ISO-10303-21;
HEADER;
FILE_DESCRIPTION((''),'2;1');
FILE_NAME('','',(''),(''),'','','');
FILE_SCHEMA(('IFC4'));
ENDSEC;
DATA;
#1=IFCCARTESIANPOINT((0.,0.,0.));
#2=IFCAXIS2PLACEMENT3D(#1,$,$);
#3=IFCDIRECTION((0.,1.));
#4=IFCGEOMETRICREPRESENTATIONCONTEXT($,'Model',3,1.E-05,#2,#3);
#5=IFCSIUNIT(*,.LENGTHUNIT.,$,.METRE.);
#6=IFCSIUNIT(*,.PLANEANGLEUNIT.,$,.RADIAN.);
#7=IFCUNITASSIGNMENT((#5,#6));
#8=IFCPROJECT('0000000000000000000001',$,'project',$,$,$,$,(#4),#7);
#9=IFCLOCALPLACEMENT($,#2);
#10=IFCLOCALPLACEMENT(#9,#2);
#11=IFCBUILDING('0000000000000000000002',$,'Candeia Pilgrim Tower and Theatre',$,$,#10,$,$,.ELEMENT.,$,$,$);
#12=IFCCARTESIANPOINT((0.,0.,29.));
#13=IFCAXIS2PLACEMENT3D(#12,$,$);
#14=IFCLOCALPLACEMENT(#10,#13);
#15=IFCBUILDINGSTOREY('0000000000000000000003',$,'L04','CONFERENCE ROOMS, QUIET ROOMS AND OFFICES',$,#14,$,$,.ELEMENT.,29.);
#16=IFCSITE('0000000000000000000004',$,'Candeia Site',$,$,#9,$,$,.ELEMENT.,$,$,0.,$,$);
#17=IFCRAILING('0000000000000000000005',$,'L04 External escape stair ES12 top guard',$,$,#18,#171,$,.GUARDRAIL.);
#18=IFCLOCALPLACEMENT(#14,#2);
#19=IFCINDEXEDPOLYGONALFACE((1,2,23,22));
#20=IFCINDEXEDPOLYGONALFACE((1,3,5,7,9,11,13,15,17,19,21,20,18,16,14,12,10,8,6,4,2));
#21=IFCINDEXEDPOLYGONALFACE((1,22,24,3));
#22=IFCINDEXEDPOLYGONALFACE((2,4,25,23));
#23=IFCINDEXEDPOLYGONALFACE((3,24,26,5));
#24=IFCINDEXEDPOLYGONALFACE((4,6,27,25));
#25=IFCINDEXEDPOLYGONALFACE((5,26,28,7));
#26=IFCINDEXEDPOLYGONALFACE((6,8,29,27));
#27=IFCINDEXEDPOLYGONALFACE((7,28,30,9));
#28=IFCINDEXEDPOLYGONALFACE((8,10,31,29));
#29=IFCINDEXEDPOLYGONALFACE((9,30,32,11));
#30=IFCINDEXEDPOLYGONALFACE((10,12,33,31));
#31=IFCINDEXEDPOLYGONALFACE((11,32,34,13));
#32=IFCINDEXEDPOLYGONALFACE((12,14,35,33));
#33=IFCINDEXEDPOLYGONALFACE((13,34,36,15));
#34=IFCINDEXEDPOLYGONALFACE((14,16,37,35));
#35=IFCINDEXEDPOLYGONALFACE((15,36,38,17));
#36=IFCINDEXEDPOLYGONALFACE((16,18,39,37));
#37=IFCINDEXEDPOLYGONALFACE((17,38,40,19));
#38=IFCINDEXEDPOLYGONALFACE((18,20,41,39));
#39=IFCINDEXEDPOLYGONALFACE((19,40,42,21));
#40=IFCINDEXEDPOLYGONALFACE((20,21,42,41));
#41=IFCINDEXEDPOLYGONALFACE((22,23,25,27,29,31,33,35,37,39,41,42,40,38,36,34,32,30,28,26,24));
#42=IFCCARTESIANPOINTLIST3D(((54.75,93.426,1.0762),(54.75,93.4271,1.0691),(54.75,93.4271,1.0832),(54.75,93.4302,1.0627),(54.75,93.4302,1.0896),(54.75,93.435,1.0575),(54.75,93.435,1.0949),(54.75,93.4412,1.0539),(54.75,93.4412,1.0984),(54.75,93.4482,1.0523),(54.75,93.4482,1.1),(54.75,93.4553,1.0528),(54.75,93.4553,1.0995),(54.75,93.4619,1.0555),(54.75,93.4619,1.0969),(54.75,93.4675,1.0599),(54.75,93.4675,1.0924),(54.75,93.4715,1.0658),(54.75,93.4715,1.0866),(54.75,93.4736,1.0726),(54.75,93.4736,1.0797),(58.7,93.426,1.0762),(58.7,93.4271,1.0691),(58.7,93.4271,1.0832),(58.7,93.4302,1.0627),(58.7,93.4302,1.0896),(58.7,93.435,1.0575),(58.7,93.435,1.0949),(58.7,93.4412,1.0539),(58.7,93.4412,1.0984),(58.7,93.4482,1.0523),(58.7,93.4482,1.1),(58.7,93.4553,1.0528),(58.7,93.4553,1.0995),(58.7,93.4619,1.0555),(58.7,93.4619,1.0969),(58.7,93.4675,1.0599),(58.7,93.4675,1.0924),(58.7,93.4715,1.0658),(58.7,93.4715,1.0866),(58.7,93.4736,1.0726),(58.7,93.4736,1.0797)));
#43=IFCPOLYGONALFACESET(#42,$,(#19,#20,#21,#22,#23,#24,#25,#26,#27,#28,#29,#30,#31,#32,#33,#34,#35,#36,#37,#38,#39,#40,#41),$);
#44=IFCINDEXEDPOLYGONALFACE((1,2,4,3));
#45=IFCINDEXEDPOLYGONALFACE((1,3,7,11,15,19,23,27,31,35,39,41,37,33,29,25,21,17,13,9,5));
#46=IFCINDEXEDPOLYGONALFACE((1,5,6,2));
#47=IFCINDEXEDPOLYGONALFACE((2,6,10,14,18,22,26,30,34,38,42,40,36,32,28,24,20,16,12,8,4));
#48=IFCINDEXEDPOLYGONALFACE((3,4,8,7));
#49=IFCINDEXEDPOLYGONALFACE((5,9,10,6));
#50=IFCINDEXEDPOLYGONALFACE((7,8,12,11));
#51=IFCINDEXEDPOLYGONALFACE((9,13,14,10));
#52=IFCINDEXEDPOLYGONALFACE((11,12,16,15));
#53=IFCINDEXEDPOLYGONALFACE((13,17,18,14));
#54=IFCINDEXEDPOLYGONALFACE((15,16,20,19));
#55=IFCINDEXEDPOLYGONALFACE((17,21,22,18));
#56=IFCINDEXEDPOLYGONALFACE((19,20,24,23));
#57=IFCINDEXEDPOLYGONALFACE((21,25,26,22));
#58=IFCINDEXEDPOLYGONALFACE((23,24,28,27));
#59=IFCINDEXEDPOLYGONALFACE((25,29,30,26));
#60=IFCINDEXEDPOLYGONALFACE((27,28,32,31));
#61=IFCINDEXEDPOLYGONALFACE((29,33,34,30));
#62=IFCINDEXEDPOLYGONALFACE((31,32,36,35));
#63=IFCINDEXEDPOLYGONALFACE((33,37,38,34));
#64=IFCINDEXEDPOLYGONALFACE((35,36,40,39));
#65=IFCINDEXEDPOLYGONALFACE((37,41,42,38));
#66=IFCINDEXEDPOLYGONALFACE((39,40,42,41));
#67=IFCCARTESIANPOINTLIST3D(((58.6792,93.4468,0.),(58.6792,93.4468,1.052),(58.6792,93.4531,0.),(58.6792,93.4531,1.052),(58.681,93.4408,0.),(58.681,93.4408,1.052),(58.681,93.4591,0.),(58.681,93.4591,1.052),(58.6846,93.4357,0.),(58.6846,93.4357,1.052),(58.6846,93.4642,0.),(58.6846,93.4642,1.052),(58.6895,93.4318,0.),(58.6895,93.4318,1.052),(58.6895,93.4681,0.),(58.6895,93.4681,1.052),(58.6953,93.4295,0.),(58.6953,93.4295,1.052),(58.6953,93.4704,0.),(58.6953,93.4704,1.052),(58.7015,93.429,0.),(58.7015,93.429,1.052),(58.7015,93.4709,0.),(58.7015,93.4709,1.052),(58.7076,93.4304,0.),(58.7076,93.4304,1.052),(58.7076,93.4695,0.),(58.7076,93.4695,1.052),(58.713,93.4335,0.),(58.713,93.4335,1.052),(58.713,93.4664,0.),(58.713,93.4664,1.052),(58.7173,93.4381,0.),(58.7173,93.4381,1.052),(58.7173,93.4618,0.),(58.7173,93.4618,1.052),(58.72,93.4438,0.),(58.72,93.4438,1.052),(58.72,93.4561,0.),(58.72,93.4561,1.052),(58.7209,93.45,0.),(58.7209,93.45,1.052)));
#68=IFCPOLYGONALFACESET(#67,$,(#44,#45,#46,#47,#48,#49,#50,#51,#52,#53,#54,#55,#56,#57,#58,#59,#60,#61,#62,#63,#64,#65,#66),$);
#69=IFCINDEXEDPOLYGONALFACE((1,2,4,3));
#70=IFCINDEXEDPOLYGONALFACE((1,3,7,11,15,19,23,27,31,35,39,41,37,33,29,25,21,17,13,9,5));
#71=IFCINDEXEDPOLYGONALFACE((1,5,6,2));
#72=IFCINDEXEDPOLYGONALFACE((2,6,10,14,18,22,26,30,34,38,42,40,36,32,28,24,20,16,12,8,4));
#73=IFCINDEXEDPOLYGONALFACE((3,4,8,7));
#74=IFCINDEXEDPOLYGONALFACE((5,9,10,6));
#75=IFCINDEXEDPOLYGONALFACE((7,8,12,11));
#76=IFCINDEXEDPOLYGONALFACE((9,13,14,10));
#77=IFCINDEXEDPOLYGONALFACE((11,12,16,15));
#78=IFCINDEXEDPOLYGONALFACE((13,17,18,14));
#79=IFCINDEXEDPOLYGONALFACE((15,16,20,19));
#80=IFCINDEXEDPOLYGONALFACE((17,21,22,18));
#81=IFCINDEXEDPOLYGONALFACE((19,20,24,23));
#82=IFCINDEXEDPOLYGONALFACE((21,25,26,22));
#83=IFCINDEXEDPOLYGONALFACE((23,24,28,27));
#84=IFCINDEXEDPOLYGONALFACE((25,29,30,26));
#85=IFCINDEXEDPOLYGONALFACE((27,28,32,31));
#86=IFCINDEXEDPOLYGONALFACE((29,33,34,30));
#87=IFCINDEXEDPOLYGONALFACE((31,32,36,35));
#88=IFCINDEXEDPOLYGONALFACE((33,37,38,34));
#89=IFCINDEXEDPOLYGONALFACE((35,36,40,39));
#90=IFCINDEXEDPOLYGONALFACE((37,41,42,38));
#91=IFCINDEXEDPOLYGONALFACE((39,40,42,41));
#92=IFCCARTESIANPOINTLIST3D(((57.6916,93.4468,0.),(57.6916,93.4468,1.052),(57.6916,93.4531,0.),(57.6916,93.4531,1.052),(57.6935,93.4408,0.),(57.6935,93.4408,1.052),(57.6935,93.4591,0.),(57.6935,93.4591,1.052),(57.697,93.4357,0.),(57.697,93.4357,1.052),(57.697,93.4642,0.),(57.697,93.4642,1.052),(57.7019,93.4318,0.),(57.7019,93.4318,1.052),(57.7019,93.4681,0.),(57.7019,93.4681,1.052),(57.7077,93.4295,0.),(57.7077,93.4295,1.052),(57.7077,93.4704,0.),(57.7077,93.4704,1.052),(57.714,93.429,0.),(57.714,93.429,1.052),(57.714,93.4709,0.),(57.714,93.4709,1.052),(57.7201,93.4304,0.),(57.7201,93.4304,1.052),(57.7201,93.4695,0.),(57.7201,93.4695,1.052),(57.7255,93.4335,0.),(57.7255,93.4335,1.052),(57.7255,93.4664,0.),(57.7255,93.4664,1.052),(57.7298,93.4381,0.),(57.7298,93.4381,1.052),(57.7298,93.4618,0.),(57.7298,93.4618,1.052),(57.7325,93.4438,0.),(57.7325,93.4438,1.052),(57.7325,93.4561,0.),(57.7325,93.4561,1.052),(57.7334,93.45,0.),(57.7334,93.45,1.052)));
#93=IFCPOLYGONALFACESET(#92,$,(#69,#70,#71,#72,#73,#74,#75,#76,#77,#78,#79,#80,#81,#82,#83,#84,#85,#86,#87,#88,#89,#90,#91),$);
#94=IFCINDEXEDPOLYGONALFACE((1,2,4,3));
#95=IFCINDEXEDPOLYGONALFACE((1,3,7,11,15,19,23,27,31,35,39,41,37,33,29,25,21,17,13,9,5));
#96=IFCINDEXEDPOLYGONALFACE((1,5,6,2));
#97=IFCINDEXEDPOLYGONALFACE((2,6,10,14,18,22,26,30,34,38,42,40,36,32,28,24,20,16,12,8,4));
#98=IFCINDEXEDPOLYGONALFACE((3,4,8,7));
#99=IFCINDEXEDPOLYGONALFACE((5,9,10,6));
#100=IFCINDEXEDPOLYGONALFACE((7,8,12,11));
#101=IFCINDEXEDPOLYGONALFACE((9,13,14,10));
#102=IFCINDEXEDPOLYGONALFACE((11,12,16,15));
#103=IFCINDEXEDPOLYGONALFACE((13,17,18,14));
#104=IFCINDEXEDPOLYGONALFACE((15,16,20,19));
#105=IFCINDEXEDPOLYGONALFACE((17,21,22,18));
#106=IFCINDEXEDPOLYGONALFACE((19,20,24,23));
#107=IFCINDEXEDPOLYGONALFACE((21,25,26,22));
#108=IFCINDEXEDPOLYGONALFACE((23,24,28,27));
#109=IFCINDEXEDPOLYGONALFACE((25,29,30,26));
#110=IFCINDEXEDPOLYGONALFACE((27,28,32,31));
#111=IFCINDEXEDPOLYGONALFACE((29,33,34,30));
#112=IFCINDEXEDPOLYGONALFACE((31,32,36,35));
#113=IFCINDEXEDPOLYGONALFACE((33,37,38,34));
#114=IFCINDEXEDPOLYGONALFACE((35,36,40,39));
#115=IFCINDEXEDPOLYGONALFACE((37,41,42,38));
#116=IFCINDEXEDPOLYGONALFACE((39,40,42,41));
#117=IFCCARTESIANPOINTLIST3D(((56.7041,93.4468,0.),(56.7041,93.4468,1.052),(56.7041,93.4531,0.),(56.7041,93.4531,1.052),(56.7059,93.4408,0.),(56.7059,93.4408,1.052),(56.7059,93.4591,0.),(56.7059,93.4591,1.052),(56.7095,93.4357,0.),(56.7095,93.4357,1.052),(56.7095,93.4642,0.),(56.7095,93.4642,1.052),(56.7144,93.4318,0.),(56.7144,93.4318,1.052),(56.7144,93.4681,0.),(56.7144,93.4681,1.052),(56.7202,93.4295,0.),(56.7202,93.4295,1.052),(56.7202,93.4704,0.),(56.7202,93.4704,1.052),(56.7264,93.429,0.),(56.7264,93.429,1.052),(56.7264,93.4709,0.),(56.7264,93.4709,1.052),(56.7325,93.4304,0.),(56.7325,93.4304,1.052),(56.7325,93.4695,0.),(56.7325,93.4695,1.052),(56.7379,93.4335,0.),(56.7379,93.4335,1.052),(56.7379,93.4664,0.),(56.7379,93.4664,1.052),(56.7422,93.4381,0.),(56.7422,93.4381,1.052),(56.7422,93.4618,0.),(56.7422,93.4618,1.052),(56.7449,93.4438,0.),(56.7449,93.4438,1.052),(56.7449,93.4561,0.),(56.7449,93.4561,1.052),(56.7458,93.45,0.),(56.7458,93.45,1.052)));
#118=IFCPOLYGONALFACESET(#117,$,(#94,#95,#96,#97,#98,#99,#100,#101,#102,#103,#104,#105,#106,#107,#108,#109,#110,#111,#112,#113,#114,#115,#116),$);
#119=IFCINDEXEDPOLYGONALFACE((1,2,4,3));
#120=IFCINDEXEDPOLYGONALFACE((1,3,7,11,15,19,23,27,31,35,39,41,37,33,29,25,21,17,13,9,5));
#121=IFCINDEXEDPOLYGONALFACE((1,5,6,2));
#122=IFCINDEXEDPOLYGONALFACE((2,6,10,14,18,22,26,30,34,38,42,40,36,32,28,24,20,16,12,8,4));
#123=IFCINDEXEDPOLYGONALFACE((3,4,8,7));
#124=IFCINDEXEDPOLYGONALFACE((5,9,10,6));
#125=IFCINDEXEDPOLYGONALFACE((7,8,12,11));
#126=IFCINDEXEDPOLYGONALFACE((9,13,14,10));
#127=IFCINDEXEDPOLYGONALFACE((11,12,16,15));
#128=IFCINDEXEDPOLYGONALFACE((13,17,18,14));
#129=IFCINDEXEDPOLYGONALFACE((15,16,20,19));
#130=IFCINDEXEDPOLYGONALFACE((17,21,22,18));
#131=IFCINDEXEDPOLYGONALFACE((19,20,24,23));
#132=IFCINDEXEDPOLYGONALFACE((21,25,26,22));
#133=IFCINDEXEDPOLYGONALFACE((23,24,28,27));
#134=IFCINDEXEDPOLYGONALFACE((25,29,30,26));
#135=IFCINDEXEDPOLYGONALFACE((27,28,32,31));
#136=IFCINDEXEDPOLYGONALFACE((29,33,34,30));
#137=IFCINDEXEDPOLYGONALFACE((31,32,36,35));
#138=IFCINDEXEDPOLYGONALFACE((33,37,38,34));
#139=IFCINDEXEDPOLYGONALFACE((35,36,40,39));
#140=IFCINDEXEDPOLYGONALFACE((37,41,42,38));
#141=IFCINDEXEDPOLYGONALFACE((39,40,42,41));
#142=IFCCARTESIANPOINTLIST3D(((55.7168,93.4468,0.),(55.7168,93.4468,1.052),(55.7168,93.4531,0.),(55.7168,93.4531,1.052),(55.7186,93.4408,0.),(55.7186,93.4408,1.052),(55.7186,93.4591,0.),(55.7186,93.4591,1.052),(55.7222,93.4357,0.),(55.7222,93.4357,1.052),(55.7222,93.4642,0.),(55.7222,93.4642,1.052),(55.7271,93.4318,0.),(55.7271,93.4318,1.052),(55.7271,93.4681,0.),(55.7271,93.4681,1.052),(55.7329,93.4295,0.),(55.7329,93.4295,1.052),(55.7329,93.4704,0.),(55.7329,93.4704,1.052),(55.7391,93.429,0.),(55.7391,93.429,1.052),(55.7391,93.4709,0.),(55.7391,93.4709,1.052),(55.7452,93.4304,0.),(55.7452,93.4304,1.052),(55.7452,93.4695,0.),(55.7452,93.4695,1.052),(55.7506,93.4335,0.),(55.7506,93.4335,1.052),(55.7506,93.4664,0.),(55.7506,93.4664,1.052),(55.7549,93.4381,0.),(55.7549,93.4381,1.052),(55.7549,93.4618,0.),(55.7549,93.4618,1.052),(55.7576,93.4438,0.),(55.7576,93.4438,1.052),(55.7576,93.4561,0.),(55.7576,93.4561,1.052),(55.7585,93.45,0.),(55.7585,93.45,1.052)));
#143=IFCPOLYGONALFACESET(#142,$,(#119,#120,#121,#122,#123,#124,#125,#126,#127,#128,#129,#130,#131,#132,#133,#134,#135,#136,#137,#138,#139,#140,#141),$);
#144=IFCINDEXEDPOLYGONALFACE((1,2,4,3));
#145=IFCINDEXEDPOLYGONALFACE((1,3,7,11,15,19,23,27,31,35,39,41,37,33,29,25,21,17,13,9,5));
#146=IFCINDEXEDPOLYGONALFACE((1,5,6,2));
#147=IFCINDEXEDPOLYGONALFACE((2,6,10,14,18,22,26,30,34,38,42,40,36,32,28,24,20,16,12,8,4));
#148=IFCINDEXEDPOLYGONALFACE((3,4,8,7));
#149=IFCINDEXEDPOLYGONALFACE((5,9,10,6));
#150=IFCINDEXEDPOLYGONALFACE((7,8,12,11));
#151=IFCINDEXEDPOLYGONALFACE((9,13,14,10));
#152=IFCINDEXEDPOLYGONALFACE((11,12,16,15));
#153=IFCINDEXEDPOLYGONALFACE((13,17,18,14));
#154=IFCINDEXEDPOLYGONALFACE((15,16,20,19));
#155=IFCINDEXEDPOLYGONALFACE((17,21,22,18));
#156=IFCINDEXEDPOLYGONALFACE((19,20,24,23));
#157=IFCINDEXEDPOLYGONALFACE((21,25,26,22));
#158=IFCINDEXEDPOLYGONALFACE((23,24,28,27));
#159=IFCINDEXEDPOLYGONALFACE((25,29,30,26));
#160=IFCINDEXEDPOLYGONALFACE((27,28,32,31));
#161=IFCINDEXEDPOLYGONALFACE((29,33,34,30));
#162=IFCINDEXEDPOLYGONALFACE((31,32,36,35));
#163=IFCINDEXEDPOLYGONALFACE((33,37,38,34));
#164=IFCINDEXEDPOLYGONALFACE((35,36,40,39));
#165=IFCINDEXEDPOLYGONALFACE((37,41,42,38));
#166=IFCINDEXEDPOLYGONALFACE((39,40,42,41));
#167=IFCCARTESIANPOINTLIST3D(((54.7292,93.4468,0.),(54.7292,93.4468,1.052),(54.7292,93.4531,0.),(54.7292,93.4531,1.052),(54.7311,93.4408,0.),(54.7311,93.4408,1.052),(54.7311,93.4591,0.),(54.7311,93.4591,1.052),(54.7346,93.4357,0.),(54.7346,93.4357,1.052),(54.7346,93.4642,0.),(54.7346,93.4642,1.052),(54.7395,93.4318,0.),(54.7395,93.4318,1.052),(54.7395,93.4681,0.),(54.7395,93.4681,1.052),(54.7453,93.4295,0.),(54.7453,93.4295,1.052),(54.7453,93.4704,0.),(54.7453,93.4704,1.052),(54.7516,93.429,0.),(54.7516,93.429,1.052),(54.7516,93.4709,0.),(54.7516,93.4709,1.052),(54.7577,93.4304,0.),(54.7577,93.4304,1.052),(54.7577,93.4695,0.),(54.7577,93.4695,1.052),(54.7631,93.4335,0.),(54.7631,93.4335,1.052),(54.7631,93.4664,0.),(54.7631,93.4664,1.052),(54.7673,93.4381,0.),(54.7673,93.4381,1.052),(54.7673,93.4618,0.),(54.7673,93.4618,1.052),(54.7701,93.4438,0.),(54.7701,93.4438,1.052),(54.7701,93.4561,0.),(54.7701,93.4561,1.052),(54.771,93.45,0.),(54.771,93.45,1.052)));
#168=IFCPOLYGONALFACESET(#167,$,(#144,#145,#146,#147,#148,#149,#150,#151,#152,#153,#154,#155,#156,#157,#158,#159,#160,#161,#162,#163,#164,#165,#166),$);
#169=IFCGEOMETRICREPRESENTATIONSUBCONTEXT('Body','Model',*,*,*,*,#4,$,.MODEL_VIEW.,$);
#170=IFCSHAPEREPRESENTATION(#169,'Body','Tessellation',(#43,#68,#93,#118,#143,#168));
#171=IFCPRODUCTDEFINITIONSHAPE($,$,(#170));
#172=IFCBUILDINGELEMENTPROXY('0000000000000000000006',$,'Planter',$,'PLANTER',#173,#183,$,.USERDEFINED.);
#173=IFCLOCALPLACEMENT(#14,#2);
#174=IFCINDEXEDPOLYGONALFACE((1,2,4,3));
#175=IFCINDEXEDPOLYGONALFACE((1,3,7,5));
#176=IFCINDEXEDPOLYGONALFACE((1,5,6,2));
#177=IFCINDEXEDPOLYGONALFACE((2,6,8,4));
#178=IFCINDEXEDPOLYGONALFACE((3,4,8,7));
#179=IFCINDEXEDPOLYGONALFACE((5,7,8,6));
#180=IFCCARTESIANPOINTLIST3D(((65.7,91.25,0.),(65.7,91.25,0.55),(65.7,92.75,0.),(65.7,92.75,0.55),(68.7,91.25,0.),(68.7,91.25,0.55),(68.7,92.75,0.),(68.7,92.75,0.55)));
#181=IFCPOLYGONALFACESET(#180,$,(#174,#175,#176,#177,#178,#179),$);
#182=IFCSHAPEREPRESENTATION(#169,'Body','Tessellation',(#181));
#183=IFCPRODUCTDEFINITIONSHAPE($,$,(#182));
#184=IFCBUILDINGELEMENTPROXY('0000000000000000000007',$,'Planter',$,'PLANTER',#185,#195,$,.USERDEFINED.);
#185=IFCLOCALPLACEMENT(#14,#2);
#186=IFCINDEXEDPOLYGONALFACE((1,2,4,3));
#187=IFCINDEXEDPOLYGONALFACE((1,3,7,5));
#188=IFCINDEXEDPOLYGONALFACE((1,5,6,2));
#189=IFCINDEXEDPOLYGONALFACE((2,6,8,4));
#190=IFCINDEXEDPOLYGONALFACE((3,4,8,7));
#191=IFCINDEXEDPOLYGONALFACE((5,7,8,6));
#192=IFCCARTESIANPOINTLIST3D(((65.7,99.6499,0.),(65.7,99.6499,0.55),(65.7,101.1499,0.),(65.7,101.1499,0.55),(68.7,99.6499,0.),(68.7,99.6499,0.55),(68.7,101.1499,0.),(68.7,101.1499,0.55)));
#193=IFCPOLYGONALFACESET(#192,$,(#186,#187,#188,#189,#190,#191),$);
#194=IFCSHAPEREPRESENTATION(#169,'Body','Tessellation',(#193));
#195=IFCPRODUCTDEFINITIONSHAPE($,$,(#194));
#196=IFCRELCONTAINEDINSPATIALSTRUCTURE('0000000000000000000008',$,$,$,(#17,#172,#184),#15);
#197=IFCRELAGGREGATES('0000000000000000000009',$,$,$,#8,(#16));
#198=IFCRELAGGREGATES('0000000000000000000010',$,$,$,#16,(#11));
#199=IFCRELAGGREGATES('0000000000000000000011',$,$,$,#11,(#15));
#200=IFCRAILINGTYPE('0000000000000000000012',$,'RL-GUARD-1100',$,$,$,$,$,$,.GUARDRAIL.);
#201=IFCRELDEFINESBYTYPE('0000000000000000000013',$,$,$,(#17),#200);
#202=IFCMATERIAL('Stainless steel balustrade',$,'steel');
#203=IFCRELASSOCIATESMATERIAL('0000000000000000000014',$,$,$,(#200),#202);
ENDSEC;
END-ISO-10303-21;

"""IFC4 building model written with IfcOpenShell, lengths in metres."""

from ifc_helpers import new_model, si_unit, direction, frame, origin, origin_2d, place, context, subcontext, project, spatial, rectangle, circle, extrude, material, type_object, element, save


model = new_model("IFC4")

# Units and contexts
model_context = context("Model", 3, precision=1e-05, world=origin(), true_north=direction((0.0, 1.0)))
body_context = subcontext(model_context, "Body", "Model", "MODEL_VIEW")
ifc_project = project(units=[si_unit("LENGTHUNIT", "METRE"), si_unit("PLANEANGLEUNIT", "RADIAN")], contexts=[model_context])

# Site, building, storey
site_placement = place(None, origin())
site = spatial("IfcSite", under=ifc_project, at=site_placement, Name="Candeia Site", CompositionType="ELEMENT", RefElevation=0.0)
building_placement = place(site_placement, origin())
building = spatial("IfcBuilding", under=site, at=building_placement, Name="Candeia Pilgrim Tower and Theatre", CompositionType="ELEMENT")
storey_placement = place(building_placement, frame((0.0, 0.0, 29.0)))
storey = spatial("IfcBuildingStorey", under=building, at=storey_placement, Name="L04", Description="CONFERENCE ROOMS, QUIET ROOMS AND OFFICES", CompositionType="ELEMENT", Elevation=29.0)

# Railing
ifc_material_1 = material(Name="Stainless steel balustrade", Category="steel")
railing_type_1 = type_object("IfcRailingType", Name="RL-GUARD-1100", PredefinedType="GUARDRAIL", material=ifc_material_1)
railing_1_placement = place(storey_placement, frame((58.7, 93.45, 0.0)))
element("IfcRailing", 1, at=railing_1_placement, inside=storey, type_object=railing_type_1, Name="L04 External escape stair ES12 top guard", PredefinedType="GUARDRAIL", context=body_context, shape_type="SweptSolid", body=[
    extrude(circle(Radius=0.0239, at=origin_2d()), frame((0.0, 0.0, 1.0762), z_axis=(-1.0, 0.0, 0.0), x_axis=(0.0, -1.0, 0.0)), (0.0, 0.0, 1.0), 3.95),
    extrude(circle(Radius=0.021, at=origin_2d()), origin(), (0.0, 0.0, 1.0), 1.052),
    extrude(circle(Radius=0.021, at=origin_2d()), frame((-0.9875, 0.0, 0.0)), (0.0, 0.0, 1.0), 1.052),
    extrude(circle(Radius=0.021, at=origin_2d()), frame((-1.9751, 0.0, 0.0)), (0.0, 0.0, 1.0), 1.052),
    extrude(circle(Radius=0.021, at=origin_2d()), frame((-2.9624, 0.0, 0.0)), (0.0, 0.0, 1.0), 1.052),
    extrude(circle(Radius=0.021, at=origin_2d()), frame((-3.95, 0.0, 0.0)), (0.0, 0.0, 1.0), 1.052),
])

# Building element proxies
for number, where, z_axis, x_axis, name in (
    (2, (67.2, 92.0, 0.0), (0.0, 0.0, 1.0), (1.0, 0.0, 0.0), "Planter"),
    (3, (67.2, 100.3999, 0.0), (0.0, 0.0, 1.0), (1.0, 0.0, 0.0), "Planter"),
):
    element("IfcBuildingElementProxy", number, at=place(storey_placement, frame(where, z_axis=z_axis, x_axis=x_axis)), inside=storey, Name=name, ObjectType="PLANTER", PredefinedType="USERDEFINED", context=body_context, shape_type="SweptSolid", body=[
        extrude(rectangle(XDim=3.0, YDim=1.5, at=origin_2d()), origin(), (0.0, 0.0, 1.0), 0.55),
    ])

save(model, "model.ifc")
